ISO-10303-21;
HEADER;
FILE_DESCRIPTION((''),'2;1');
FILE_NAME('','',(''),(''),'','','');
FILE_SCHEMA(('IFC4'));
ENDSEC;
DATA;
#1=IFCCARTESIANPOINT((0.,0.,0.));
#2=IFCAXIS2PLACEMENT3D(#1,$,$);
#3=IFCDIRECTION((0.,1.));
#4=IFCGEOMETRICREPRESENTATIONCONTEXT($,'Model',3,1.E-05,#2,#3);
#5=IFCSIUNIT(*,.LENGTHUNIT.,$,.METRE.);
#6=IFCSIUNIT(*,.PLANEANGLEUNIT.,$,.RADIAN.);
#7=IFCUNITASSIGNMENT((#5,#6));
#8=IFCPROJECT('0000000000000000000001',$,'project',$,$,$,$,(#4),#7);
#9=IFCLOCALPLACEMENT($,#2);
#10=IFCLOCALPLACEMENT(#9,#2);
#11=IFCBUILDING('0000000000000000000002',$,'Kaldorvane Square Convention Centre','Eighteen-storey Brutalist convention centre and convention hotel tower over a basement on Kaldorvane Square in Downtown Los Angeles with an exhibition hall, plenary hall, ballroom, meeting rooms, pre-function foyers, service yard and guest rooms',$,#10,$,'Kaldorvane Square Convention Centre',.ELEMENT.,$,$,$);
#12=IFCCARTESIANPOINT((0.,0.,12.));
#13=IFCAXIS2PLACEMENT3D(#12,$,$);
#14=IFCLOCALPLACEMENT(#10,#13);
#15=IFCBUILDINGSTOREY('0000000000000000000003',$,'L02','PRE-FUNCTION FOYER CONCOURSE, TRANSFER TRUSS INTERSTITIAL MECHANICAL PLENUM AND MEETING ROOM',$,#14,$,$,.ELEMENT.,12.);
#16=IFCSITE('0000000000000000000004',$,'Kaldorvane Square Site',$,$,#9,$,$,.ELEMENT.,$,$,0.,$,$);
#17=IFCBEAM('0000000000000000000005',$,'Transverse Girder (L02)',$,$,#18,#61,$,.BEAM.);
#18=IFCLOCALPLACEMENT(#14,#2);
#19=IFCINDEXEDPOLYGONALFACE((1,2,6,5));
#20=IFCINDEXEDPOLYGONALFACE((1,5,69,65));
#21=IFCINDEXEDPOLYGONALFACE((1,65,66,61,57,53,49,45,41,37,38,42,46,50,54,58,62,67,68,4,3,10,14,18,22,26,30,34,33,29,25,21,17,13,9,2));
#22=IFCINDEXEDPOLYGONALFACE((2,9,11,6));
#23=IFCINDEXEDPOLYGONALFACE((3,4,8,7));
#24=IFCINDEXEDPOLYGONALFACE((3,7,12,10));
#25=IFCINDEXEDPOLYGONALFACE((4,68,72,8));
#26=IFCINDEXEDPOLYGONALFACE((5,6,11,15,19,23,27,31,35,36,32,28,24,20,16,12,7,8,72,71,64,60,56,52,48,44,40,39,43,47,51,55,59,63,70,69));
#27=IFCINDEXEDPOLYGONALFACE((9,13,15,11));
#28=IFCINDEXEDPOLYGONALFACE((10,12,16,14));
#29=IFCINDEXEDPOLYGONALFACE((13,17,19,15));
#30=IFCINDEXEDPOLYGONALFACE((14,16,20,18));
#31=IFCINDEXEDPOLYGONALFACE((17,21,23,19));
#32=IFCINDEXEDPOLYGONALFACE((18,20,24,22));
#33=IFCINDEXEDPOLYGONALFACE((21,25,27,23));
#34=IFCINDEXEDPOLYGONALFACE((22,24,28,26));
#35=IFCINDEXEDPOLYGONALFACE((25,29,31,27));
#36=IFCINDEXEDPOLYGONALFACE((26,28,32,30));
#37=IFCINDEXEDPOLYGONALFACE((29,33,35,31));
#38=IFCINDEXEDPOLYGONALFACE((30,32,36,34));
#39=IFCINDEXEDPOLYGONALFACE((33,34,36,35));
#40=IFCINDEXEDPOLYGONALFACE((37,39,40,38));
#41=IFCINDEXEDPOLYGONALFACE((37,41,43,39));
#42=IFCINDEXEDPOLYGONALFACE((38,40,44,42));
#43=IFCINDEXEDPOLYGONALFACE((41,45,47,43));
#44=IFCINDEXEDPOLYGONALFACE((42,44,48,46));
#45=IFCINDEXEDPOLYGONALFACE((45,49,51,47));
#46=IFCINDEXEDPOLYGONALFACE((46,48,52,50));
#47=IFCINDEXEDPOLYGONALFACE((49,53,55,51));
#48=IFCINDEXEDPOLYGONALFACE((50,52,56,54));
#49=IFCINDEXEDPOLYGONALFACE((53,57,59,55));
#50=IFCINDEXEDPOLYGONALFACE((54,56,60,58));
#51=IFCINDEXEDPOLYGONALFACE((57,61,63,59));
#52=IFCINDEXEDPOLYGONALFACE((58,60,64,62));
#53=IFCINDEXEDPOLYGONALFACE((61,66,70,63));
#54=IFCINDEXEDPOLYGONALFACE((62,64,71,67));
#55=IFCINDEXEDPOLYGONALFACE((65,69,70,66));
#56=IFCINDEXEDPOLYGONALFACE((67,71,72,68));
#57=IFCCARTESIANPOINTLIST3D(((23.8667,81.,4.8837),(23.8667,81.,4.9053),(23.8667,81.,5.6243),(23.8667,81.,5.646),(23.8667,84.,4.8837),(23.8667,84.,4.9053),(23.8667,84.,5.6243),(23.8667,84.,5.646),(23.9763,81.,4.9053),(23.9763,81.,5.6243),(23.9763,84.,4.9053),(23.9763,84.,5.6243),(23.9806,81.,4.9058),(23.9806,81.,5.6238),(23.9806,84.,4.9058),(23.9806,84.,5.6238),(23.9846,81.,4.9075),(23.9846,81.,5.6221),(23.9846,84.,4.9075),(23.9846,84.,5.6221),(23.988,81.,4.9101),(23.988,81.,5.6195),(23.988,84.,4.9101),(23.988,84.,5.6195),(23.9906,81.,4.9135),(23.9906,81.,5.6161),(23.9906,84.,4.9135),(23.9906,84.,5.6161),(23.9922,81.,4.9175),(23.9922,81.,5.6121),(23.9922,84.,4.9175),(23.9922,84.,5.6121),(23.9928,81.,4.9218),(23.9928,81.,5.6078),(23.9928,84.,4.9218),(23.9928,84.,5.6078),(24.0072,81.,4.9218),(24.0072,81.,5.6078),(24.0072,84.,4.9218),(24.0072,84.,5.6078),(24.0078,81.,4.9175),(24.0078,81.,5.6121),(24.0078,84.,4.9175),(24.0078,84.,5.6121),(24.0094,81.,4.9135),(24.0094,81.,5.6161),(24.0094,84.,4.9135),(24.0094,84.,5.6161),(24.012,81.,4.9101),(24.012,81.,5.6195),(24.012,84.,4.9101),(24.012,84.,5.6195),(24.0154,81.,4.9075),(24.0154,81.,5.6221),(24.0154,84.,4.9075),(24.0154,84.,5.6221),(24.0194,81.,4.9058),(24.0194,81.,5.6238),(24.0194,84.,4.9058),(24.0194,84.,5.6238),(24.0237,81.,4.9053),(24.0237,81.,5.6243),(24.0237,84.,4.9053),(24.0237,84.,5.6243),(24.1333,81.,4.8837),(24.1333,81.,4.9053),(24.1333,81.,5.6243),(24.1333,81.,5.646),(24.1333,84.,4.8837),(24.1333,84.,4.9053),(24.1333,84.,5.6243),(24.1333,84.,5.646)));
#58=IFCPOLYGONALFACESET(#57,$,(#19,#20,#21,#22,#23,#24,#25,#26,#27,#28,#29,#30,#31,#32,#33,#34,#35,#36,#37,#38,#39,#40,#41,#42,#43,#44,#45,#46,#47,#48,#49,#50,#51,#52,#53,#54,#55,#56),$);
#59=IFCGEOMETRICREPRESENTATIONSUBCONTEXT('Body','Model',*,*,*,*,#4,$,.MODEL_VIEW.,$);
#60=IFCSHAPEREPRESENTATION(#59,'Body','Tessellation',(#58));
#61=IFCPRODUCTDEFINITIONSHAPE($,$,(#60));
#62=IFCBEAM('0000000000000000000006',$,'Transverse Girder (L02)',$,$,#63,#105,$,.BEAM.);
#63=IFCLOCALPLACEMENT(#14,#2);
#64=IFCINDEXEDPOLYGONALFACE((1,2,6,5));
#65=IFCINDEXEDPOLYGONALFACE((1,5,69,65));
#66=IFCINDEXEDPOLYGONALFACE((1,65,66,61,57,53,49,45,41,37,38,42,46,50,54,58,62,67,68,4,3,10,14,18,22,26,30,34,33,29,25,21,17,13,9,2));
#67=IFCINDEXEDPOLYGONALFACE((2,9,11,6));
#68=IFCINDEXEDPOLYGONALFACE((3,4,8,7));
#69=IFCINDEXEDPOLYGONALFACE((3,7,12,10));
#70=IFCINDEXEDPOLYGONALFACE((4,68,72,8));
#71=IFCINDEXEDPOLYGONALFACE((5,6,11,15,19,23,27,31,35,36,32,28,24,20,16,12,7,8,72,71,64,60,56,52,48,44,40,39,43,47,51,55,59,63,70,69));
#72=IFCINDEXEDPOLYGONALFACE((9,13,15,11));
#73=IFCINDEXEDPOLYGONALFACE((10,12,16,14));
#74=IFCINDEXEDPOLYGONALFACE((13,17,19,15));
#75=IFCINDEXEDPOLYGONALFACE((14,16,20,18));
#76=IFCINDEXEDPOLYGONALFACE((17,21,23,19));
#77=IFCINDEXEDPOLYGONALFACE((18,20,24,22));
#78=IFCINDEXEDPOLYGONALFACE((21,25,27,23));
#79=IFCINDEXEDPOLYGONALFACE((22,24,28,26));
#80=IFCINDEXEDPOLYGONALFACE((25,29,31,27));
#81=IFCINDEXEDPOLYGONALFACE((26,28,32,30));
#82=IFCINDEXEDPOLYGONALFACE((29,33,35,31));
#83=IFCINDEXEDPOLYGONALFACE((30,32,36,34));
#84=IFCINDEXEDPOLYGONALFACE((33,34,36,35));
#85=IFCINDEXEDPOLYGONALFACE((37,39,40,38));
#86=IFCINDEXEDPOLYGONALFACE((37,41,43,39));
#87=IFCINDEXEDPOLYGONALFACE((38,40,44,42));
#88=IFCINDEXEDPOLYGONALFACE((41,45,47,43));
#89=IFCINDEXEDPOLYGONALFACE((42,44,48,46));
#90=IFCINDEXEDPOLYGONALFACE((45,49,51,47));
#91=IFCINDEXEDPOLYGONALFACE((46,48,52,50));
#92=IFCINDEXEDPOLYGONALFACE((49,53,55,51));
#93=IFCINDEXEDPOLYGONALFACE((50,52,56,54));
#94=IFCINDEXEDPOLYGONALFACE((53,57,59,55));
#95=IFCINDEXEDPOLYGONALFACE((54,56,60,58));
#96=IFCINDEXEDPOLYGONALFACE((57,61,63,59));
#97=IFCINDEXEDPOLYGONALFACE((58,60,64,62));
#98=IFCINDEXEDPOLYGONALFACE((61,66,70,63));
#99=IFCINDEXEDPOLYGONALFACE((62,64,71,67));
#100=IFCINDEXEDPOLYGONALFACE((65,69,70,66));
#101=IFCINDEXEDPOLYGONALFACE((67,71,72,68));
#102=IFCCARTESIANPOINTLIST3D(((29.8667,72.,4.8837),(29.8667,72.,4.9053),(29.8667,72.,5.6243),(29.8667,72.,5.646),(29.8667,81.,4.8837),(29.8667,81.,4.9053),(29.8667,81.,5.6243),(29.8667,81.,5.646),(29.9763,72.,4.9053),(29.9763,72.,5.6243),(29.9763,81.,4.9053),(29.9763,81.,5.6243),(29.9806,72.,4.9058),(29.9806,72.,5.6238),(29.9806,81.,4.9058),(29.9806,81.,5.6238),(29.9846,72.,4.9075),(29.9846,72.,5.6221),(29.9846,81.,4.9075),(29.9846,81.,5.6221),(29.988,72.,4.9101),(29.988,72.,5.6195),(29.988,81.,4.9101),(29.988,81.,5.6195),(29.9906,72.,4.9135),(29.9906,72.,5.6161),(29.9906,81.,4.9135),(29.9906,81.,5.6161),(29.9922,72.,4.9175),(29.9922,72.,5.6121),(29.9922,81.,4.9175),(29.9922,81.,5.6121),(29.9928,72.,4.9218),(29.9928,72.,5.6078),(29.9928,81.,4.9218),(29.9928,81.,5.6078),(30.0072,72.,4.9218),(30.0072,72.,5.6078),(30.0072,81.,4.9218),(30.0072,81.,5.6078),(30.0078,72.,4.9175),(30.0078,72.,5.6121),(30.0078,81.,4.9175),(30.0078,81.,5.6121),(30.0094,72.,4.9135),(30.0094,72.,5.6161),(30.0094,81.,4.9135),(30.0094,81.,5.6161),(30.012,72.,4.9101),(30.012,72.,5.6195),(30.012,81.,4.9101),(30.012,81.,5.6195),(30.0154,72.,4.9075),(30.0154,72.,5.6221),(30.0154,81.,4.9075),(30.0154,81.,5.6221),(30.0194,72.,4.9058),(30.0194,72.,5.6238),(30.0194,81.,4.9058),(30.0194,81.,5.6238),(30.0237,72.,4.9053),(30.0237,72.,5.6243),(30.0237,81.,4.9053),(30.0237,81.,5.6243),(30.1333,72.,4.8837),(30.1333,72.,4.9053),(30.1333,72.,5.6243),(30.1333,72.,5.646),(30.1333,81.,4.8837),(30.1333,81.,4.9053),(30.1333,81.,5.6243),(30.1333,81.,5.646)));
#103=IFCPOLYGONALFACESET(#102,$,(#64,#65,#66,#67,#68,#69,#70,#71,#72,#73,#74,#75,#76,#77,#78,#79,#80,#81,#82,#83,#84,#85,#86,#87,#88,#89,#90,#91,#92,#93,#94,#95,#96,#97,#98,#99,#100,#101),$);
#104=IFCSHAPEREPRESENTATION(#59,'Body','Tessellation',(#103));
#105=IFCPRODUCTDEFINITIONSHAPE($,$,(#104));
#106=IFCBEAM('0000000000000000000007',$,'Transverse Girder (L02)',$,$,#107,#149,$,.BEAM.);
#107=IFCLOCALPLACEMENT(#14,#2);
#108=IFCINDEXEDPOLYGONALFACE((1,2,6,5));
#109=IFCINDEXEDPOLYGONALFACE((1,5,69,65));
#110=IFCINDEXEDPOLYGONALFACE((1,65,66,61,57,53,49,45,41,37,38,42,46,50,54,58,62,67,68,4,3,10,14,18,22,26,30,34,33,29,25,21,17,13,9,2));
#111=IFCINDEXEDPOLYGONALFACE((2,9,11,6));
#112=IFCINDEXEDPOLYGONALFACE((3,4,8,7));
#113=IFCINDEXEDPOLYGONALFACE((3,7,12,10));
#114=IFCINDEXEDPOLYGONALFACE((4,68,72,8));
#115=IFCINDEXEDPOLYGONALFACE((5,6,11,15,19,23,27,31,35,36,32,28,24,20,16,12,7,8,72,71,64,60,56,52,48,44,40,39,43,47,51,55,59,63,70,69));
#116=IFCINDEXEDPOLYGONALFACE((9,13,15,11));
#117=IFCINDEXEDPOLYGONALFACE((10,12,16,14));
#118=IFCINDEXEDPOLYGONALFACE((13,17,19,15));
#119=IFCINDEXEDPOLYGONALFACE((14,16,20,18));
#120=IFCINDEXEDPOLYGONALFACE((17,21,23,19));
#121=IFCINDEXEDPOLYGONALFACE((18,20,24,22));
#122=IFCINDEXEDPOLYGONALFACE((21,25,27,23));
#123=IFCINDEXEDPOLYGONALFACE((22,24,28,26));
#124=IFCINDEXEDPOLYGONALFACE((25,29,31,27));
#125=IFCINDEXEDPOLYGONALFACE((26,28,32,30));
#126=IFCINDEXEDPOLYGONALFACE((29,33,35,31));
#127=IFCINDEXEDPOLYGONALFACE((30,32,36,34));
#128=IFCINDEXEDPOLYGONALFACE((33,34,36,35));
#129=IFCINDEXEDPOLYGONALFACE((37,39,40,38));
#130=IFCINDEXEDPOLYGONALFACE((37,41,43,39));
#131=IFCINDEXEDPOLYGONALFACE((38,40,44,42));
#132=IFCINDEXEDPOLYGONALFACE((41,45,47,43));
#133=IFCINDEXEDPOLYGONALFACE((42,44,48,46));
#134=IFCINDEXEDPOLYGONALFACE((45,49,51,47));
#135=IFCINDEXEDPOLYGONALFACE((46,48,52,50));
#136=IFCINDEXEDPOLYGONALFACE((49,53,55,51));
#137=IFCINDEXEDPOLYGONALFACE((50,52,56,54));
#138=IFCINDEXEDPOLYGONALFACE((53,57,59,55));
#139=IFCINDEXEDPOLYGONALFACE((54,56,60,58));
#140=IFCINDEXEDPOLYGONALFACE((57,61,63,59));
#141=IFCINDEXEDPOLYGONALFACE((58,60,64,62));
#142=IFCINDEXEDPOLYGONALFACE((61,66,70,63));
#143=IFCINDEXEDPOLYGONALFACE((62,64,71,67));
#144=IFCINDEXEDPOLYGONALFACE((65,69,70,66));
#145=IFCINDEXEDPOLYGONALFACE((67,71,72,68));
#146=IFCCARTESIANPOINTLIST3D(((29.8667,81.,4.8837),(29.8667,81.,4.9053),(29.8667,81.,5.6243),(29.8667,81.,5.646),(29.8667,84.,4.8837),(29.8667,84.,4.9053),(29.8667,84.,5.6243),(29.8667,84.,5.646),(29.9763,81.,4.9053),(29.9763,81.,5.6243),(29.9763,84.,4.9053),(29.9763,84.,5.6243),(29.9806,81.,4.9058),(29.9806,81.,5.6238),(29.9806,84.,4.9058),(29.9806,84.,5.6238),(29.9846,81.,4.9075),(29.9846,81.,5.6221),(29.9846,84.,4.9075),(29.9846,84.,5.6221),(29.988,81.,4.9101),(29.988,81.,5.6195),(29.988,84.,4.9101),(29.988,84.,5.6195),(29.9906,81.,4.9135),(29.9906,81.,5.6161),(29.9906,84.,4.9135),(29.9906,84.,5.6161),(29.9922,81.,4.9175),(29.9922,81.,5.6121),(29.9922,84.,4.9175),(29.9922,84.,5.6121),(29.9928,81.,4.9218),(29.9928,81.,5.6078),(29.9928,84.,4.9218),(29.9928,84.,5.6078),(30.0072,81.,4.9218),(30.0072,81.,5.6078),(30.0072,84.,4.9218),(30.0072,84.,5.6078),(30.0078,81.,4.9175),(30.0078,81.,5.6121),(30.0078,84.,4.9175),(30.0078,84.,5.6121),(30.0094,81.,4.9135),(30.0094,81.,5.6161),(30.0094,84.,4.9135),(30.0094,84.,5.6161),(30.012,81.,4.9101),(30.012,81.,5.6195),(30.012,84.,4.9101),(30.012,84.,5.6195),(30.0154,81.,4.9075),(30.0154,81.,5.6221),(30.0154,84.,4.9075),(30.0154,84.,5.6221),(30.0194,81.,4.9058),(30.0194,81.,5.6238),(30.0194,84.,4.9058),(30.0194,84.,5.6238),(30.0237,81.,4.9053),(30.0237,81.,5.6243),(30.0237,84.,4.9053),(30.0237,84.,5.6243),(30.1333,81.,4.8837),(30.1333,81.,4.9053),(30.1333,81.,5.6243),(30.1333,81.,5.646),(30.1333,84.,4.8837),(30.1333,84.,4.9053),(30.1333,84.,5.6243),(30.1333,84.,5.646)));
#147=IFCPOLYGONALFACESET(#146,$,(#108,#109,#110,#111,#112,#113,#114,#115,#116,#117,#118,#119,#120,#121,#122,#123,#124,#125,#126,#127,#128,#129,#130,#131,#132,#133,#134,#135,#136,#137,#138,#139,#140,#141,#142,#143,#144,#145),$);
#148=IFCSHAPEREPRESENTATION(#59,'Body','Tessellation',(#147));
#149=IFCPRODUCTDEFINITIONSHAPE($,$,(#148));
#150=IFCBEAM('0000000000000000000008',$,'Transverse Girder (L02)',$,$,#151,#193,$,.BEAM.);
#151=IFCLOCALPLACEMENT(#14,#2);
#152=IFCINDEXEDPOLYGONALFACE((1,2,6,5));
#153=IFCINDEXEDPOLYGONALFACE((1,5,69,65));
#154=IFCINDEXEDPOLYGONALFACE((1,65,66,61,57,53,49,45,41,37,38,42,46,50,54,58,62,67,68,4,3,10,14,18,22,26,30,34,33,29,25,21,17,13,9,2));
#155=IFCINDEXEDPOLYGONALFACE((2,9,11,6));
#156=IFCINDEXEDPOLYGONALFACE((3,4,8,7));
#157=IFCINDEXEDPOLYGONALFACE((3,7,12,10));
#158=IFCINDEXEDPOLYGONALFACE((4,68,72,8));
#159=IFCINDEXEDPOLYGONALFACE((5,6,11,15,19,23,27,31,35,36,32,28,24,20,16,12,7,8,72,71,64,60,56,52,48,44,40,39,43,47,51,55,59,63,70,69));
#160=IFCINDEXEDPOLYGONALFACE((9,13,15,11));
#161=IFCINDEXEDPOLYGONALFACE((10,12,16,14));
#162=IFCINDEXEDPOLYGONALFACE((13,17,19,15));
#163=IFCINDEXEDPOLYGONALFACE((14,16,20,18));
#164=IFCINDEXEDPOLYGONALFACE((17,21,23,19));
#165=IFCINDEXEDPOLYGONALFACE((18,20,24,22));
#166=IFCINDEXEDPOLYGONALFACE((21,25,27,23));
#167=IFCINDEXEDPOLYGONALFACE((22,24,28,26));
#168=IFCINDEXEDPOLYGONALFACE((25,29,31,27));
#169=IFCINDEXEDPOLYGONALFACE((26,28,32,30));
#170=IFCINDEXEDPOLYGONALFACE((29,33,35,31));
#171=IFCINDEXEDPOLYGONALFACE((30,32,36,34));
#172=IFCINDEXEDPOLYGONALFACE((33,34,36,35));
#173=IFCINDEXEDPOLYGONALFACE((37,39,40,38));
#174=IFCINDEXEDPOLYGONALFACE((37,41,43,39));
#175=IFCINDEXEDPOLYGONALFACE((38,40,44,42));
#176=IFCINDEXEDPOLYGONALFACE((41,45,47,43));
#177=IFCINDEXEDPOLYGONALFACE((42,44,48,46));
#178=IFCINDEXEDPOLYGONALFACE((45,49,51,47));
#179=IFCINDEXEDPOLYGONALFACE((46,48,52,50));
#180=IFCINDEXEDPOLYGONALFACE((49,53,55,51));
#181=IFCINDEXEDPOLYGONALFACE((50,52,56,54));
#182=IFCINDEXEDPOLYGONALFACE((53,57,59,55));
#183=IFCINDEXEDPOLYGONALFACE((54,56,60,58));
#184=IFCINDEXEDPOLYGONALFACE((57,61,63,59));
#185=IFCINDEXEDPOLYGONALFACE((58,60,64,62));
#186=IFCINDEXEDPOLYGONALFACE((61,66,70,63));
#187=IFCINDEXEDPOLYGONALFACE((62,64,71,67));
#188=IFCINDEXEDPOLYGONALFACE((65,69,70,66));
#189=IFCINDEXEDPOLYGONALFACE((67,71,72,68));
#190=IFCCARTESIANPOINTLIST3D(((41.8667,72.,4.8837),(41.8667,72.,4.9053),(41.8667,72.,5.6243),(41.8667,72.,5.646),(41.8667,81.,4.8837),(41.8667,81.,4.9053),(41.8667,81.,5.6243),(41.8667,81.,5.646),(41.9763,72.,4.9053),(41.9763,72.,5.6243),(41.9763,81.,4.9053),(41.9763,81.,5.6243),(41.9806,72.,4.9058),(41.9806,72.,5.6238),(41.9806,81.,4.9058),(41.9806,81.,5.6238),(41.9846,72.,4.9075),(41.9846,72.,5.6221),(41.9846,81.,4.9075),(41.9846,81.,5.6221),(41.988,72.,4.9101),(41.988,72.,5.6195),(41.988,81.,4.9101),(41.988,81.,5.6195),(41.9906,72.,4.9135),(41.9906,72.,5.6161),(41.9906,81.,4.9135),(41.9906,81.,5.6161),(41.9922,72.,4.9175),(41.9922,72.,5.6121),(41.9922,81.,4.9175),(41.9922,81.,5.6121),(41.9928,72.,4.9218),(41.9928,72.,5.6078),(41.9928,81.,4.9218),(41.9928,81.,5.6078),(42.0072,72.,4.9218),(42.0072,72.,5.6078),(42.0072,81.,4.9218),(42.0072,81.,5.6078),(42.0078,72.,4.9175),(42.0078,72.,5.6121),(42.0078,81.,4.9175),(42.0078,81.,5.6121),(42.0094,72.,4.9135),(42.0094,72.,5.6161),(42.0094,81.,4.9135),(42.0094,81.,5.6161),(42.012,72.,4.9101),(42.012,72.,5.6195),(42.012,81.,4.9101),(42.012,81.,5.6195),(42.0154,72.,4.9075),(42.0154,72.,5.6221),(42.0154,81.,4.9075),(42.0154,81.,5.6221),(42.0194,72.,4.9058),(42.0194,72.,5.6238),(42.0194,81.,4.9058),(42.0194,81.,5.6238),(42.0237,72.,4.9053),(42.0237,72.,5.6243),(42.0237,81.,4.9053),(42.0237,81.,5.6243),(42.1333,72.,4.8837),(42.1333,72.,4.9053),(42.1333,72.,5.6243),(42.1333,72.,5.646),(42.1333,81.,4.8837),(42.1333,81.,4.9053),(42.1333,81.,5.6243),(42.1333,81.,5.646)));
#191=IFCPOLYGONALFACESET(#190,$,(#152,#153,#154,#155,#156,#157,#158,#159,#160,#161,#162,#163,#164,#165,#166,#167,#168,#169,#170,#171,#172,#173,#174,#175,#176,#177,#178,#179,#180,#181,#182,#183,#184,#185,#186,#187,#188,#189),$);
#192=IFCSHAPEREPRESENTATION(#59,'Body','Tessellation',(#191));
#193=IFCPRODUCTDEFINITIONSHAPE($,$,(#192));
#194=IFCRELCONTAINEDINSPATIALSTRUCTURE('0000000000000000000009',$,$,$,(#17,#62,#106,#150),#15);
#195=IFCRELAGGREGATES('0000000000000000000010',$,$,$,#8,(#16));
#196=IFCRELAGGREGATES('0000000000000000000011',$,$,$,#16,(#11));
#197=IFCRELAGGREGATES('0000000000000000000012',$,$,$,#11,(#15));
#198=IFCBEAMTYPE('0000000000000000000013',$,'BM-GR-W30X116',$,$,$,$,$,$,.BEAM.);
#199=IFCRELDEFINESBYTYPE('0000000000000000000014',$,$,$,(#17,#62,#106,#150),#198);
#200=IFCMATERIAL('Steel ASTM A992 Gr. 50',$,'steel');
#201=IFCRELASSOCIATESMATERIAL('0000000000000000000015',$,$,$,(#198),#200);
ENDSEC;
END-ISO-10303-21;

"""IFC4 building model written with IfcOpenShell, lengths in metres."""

from ifc_helpers import new_model, si_unit, direction, frame, origin, origin_2d, place, context, subcontext, project, spatial, i_section, extrude, material, material_profile, profile_set, type_object, element, save


model = new_model("IFC4")

# Units and contexts
model_context = context("Model", 3, precision=1e-05, world=origin(), true_north=direction((0.0, 1.0)))
body_context = subcontext(model_context, "Body", "Model", "MODEL_VIEW")
ifc_project = project(units=[si_unit("LENGTHUNIT", "METRE"), si_unit("PLANEANGLEUNIT", "RADIAN")], contexts=[model_context])

# Site, building, storey
site_placement = place(None, origin())
site = spatial("IfcSite", under=ifc_project, at=site_placement, Name="Kaldorvane Square Site", CompositionType="ELEMENT", RefElevation=0.0)
building_placement = place(site_placement, origin())
building = spatial("IfcBuilding", under=site, at=building_placement, Name="Kaldorvane Square Convention Centre", Description="Eighteen-storey Brutalist convention centre and convention hotel tower over a basement on Kaldorvane Square in Downtown Los Angeles with an exhibition hall, plenary hall, ballroom, meeting rooms, pre-function foyers, service yard and guest rooms", LongName="Kaldorvane Square Convention Centre", CompositionType="ELEMENT")
storey_placement = place(building_placement, frame((0.0, 0.0, 12.0)))
storey = spatial("IfcBuildingStorey", under=building, at=storey_placement, Name="L02", Description="PRE-FUNCTION FOYER CONCOURSE, TRANSFER TRUSS INTERSTITIAL MECHANICAL PLENUM AND MEETING ROOM", CompositionType="ELEMENT", Elevation=12.0)

# Shared definitions
ifc_material_1 = material(Name="Steel ASTM A992 Gr. 50", Category="steel")

# Beams
ifc_material_profile_1 = material_profile(ifc_material_1, i_section(OverallWidth=0.2666, OverallDepth=0.7623, WebThickness=0.0144, FlangeThickness=0.0216, FilletRadius=0.0165, at=origin_2d()), Name="W30X116")
ifc_profile_set_1 = profile_set([ifc_material_profile_1], Name="Steel ASTM A992 Gr. 50")
beam_type_1 = type_object("IfcBeamType", Name="BM-GR-W30X116", PredefinedType="BEAM", material=ifc_profile_set_1)
beam_1_placement = place(storey_placement, frame((24.0, 81.0, 5.2648), z_axis=(0.0, 1.0, 0.0), x_axis=(-1.0, 0.0, 0.0)))
element("IfcBeam", 1, at=beam_1_placement, inside=storey, type_object=beam_type_1, Name="Transverse Girder (L02)", PredefinedType="BEAM", context=body_context, shape_type="SweptSolid", body=[
    extrude(i_section(OverallWidth=0.2666, OverallDepth=0.7623, WebThickness=0.0144, FlangeThickness=0.0216, FilletRadius=0.0165, at=origin_2d()), origin(), (0.0, 0.0, 1.0), 3.0),
])
beam_2_placement = place(storey_placement, frame((30.0, 72.0, 5.2648), z_axis=(0.0, 1.0, 0.0), x_axis=(-1.0, 0.0, 0.0)))
element("IfcBeam", 2, at=beam_2_placement, inside=storey, type_object=beam_type_1, Name="Transverse Girder (L02)", PredefinedType="BEAM", context=body_context, shape_type="SweptSolid", body=[
    extrude(i_section(OverallWidth=0.2666, OverallDepth=0.7623, WebThickness=0.0144, FlangeThickness=0.0216, FilletRadius=0.0165, at=origin_2d()), origin(), (0.0, 0.0, 1.0), 9.0),
])
beam_3_placement = place(storey_placement, frame((30.0, 81.0, 5.2648), z_axis=(0.0, 1.0, 0.0), x_axis=(-1.0, 0.0, 0.0)))
element("IfcBeam", 3, at=beam_3_placement, inside=storey, type_object=beam_type_1, Name="Transverse Girder (L02)", PredefinedType="BEAM", context=body_context, shape_type="SweptSolid", body=[
    extrude(i_section(OverallWidth=0.2666, OverallDepth=0.7623, WebThickness=0.0144, FlangeThickness=0.0216, FilletRadius=0.0165, at=origin_2d()), origin(), (0.0, 0.0, 1.0), 3.0),
])
beam_4_placement = place(storey_placement, frame((42.0, 72.0, 5.2648), z_axis=(0.0, 1.0, 0.0), x_axis=(-1.0, 0.0, 0.0)))
element("IfcBeam", 4, at=beam_4_placement, inside=storey, type_object=beam_type_1, Name="Transverse Girder (L02)", PredefinedType="BEAM", context=body_context, shape_type="SweptSolid", body=[
    extrude(i_section(OverallWidth=0.2666, OverallDepth=0.7623, WebThickness=0.0144, FlangeThickness=0.0216, FilletRadius=0.0165, at=origin_2d()), origin(), (0.0, 0.0, 1.0), 9.0),
])

save(model, "model.ifc")
